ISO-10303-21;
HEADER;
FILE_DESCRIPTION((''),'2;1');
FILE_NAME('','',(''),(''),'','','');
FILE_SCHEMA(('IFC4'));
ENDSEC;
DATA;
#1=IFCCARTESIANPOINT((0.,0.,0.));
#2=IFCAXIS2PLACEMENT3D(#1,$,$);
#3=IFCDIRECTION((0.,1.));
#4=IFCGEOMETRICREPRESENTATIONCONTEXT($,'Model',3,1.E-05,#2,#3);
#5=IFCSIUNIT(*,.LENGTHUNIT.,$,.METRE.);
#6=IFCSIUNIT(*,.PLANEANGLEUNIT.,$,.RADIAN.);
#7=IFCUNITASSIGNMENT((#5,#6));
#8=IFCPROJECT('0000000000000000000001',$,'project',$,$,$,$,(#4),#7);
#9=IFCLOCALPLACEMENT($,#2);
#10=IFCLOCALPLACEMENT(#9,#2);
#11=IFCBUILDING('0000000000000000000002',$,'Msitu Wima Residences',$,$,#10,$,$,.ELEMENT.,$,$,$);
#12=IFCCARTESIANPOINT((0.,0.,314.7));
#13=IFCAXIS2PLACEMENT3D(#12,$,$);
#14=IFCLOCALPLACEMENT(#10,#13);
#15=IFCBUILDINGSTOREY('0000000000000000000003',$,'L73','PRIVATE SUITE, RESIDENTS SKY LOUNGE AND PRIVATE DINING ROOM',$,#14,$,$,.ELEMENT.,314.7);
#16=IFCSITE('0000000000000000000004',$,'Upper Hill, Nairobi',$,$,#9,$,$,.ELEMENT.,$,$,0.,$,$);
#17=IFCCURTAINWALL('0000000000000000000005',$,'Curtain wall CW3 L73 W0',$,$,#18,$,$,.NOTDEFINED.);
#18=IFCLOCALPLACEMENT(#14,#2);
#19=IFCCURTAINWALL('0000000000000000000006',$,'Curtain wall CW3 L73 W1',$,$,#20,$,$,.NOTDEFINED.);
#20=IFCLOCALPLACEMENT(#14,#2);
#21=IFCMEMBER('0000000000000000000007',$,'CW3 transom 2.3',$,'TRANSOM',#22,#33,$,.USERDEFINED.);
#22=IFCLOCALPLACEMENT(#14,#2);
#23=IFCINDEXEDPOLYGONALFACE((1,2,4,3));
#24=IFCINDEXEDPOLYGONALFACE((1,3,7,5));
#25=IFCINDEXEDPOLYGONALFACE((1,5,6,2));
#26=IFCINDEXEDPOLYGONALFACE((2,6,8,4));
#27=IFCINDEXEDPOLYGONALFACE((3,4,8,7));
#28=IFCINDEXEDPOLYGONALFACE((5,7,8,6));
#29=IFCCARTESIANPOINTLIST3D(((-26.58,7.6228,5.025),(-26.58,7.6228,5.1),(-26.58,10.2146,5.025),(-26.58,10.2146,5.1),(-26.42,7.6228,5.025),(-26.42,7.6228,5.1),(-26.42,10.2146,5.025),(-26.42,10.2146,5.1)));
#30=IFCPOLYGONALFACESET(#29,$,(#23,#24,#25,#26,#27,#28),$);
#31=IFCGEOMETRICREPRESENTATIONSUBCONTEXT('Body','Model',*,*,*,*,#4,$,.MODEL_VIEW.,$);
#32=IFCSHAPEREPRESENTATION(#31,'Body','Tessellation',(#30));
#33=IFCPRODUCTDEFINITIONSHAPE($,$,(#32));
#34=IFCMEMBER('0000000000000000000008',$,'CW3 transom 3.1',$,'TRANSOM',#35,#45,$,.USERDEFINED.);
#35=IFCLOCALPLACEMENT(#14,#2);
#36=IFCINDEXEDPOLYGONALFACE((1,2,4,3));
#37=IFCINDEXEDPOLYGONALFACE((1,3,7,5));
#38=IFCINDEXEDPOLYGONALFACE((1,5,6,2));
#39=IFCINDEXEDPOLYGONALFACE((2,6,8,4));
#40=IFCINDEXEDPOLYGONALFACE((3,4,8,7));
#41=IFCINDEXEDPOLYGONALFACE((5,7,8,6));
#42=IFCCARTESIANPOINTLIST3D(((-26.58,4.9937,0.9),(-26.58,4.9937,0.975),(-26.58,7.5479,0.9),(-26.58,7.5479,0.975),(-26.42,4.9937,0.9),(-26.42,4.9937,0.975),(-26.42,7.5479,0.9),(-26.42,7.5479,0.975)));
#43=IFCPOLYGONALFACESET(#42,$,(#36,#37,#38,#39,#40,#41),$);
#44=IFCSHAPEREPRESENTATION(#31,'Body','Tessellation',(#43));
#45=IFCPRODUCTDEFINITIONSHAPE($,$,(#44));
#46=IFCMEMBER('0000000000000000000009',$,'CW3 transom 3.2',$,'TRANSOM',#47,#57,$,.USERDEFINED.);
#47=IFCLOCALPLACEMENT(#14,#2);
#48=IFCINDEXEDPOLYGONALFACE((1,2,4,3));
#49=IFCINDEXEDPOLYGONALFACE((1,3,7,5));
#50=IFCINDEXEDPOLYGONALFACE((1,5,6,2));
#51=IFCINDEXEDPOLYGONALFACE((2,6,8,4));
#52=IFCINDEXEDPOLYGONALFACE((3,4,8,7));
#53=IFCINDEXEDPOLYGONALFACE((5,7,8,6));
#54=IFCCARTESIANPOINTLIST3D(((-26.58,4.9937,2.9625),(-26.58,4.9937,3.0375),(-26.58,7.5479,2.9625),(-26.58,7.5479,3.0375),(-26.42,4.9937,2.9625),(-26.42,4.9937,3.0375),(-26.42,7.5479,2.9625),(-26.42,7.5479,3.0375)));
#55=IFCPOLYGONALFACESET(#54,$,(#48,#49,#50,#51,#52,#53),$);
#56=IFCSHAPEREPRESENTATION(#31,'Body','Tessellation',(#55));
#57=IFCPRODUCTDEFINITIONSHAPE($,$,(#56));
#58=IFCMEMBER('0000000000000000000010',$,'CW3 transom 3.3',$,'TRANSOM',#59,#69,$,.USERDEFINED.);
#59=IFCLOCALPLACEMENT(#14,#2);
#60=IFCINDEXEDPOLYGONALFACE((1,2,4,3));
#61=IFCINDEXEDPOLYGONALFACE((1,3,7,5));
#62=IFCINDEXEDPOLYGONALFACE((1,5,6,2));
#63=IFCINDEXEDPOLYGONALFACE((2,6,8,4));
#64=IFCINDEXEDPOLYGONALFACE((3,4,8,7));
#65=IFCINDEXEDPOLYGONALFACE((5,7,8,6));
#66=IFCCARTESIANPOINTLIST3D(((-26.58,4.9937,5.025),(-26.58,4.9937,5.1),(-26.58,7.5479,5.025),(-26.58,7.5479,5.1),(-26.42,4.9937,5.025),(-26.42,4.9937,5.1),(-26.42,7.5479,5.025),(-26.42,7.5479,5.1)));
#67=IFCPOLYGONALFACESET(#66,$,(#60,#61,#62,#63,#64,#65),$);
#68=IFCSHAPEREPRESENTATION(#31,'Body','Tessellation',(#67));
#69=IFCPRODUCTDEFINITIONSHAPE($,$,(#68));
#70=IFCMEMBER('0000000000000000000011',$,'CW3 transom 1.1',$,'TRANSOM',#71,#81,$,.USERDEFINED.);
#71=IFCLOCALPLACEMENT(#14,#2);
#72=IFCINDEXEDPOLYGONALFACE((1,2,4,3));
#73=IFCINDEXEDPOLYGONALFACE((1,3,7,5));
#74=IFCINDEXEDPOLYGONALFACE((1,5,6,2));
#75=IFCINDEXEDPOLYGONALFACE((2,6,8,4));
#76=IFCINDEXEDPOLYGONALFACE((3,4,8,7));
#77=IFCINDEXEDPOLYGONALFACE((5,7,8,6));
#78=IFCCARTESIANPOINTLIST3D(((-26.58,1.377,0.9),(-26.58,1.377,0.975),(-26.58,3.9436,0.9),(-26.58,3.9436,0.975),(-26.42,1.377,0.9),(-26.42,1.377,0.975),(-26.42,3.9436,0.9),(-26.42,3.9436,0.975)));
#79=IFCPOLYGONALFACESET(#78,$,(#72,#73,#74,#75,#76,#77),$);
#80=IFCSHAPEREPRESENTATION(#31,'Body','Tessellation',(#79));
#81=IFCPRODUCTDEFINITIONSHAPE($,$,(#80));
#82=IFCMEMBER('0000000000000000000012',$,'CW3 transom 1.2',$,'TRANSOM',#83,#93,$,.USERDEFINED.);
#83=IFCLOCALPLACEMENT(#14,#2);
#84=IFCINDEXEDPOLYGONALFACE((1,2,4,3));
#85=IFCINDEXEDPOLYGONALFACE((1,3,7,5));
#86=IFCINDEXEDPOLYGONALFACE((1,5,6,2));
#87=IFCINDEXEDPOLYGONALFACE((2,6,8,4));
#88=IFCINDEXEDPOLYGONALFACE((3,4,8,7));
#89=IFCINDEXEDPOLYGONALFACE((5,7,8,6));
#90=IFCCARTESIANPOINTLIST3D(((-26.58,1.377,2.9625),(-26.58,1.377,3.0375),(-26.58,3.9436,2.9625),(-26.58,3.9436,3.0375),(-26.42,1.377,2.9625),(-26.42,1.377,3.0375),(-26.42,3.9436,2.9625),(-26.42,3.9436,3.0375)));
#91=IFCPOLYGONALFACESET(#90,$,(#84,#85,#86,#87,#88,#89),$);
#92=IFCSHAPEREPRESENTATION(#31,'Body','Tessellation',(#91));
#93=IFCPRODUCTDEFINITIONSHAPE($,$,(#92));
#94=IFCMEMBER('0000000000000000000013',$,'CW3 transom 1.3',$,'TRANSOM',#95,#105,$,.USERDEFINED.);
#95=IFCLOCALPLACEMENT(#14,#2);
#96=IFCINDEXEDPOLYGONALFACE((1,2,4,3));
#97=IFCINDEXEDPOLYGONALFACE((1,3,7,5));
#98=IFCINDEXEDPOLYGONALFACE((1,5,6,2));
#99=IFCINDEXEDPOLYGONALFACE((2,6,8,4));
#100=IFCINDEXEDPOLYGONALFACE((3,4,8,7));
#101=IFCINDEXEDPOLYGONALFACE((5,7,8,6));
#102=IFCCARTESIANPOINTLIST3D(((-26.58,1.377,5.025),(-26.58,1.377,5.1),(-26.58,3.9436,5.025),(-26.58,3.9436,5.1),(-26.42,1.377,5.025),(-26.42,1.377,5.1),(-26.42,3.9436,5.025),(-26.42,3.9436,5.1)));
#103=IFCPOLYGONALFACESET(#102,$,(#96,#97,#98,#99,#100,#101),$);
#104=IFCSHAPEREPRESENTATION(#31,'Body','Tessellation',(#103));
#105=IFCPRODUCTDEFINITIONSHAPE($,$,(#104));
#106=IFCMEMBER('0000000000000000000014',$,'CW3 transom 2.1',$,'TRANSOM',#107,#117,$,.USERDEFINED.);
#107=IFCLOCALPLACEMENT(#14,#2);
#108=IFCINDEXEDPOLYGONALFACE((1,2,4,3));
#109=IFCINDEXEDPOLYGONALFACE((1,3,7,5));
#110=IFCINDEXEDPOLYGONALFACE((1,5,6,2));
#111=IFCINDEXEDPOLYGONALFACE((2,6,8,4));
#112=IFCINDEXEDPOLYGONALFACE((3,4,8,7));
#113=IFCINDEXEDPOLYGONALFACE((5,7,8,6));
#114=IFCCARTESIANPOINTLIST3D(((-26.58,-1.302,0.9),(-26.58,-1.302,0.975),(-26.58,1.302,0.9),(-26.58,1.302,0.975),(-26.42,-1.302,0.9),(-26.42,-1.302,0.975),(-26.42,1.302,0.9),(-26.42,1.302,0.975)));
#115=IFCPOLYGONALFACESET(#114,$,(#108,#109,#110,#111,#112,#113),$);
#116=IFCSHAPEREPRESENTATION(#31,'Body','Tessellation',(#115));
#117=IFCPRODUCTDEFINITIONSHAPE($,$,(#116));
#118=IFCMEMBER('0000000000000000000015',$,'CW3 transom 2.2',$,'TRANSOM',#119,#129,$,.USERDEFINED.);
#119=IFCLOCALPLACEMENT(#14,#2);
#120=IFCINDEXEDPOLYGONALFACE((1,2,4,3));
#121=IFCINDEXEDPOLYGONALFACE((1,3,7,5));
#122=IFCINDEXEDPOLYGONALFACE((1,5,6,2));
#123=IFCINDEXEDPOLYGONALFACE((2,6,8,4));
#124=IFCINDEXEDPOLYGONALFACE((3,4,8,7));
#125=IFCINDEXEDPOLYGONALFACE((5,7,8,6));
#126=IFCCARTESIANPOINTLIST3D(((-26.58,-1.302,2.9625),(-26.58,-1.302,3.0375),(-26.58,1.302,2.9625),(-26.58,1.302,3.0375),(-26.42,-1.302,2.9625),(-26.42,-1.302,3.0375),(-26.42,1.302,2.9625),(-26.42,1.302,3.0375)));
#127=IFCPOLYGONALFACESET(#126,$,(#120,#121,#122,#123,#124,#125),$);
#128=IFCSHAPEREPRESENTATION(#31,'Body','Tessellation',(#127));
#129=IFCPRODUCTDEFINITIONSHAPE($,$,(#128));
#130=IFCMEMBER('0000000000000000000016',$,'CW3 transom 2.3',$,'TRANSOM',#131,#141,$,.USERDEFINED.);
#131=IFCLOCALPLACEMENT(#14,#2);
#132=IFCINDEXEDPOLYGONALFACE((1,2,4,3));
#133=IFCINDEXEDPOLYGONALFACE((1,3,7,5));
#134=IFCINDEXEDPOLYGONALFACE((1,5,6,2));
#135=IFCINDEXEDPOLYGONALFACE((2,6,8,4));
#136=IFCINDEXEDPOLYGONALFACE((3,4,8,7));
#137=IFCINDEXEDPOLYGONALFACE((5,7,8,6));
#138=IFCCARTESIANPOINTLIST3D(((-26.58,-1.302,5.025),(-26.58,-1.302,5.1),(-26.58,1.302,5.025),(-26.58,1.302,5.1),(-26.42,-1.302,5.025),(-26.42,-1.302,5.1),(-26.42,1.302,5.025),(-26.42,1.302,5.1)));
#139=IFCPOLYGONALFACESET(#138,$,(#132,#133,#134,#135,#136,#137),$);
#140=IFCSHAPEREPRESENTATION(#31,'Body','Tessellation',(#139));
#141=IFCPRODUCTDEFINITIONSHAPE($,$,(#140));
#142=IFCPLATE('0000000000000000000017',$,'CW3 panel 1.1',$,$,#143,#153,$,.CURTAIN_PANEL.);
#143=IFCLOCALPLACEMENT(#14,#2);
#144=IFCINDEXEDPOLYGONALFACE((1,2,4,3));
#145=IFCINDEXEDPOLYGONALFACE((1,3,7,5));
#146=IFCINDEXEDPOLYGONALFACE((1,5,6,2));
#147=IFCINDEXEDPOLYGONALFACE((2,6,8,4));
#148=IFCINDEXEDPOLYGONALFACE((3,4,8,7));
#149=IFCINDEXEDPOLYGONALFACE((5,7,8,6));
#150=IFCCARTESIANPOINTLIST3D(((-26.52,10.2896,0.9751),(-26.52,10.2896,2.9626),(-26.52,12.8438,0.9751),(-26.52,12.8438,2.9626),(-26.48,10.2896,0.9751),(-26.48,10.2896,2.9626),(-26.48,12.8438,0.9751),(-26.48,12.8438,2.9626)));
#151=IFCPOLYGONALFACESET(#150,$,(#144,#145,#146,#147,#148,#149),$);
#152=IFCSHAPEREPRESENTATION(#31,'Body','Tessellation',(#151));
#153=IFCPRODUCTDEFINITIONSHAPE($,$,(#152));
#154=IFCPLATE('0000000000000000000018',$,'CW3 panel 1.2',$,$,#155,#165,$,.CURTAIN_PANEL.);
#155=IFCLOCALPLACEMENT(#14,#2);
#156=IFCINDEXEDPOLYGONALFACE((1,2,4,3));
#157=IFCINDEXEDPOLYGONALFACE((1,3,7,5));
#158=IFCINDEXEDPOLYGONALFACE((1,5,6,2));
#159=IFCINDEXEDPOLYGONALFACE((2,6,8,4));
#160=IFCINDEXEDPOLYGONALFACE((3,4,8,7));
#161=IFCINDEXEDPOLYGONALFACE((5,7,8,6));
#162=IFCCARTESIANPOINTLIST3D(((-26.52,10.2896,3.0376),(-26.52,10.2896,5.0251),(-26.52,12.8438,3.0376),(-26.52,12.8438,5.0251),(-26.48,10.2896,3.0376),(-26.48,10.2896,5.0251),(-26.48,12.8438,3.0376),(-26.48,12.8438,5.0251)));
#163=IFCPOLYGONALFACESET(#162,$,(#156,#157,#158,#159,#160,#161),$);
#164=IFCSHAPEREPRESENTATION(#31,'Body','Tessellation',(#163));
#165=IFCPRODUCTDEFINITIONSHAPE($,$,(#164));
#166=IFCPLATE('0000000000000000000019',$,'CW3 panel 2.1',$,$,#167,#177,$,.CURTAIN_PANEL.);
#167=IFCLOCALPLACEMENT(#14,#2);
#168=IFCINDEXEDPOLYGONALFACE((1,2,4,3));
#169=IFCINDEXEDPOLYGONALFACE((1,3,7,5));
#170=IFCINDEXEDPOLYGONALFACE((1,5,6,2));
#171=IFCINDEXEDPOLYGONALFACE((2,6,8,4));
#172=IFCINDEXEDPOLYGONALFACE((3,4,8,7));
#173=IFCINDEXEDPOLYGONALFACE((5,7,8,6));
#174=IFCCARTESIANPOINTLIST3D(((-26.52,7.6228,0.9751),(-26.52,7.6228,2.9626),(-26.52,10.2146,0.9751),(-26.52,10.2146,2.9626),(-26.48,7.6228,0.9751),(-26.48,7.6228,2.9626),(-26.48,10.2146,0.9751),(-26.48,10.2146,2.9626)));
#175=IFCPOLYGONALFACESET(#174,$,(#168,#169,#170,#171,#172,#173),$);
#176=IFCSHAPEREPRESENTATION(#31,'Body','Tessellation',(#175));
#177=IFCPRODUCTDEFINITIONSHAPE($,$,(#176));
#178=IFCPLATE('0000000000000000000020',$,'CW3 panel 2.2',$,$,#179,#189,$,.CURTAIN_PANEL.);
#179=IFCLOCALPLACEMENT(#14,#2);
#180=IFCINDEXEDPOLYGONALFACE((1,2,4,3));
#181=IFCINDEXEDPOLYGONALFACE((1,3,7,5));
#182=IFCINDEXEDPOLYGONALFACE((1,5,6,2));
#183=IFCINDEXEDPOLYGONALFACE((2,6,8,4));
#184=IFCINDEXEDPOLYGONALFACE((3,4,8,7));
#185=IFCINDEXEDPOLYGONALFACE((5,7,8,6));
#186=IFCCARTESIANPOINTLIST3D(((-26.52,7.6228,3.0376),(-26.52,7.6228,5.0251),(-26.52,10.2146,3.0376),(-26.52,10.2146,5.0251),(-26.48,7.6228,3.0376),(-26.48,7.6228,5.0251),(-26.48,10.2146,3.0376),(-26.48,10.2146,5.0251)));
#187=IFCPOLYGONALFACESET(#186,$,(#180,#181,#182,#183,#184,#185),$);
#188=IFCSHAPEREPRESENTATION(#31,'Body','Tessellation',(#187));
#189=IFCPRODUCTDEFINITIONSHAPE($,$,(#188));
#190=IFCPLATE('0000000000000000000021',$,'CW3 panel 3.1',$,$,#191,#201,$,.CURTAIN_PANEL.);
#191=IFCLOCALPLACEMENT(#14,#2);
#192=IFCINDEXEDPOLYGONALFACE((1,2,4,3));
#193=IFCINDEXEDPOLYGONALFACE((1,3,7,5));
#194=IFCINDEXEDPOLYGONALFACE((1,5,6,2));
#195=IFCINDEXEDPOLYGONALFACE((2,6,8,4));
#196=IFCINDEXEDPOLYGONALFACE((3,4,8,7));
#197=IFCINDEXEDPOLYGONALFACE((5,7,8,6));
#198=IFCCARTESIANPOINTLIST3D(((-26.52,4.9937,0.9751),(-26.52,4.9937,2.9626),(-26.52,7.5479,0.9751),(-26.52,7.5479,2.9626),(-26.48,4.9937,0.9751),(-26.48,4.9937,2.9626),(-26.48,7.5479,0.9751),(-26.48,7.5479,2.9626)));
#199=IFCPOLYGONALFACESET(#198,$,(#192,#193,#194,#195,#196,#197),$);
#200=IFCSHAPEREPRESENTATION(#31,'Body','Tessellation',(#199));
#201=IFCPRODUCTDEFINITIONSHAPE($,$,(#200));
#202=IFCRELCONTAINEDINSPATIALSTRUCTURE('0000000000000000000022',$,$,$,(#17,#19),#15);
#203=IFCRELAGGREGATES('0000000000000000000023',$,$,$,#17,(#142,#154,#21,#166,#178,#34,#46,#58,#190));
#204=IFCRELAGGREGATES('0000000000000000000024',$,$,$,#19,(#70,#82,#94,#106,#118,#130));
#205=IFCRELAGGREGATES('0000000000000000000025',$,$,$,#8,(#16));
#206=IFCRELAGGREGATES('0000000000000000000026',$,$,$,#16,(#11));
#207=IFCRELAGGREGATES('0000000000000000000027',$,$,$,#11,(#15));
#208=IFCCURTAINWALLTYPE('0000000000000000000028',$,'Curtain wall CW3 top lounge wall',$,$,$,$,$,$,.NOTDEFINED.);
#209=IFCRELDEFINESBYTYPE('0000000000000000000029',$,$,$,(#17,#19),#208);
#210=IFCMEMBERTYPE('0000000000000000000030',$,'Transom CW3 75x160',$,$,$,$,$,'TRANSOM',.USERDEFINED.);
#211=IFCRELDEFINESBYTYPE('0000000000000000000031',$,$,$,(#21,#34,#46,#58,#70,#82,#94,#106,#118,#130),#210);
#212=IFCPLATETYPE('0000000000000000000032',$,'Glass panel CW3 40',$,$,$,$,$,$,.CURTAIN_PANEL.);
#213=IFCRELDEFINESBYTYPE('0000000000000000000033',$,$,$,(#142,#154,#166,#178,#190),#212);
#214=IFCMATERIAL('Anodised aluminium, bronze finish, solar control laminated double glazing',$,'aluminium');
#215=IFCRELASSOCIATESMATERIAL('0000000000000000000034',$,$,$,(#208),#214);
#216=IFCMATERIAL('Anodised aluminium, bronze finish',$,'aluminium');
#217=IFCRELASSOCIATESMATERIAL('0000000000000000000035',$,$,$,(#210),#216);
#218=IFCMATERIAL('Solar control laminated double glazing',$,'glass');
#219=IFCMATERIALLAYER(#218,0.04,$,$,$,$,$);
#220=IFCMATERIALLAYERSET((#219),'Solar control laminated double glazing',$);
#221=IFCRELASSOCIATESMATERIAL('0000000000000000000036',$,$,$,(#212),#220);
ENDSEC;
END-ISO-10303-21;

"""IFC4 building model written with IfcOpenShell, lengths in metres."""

from ifc_helpers import new_model, si_unit, direction, frame, origin, origin_2d, place, context, subcontext, project, spatial, rectangle, extrude, material, layer, layer_set, material_profile, profile_set, type_object, element, aggregate, save


model = new_model("IFC4")

# Units and contexts
model_context = context("Model", 3, precision=1e-05, world=origin(), true_north=direction((0.0, 1.0)))
body_context = subcontext(model_context, "Body", "Model", "MODEL_VIEW")
ifc_project = project(units=[si_unit("LENGTHUNIT", "METRE"), si_unit("PLANEANGLEUNIT", "RADIAN")], contexts=[model_context])

# Site, building, storey
site_placement = place(None, origin())
site = spatial("IfcSite", under=ifc_project, at=site_placement, Name="Upper Hill, Nairobi", CompositionType="ELEMENT", RefElevation=0.0)
building_placement = place(site_placement, origin())
building = spatial("IfcBuilding", under=site, at=building_placement, Name="Msitu Wima Residences", CompositionType="ELEMENT")
storey_placement = place(building_placement, frame((0.0, 0.0, 314.7)))
storey = spatial("IfcBuildingStorey", under=building, at=storey_placement, Name="L73", Description="PRIVATE SUITE, RESIDENTS SKY LOUNGE AND PRIVATE DINING ROOM", CompositionType="ELEMENT", Elevation=314.7)

# Curtain walls
ifc_material_1 = material(Name="Anodised aluminium, bronze finish, solar control laminated double glazing", Category="aluminium")
curtain_wall_type = type_object("IfcCurtainWallType", Name="Curtain wall CW3 top lounge wall", PredefinedType="NOTDEFINED", material=ifc_material_1)
curtain_wall_1_placement = place(storey_placement, origin())
curtain_wall_1 = element("IfcCurtainWall", 1, at=curtain_wall_1_placement, inside=storey, type_object=curtain_wall_type, Name="Curtain wall CW3 L73 W0", PredefinedType="NOTDEFINED")
ifc_material_2 = material(Name="Anodised aluminium, bronze finish", Category="aluminium")
curtain_wall_2_placement = place(storey_placement, origin())
curtain_wall_2 = element("IfcCurtainWall", 2, at=curtain_wall_2_placement, inside=storey, type_object=curtain_wall_type, Name="Curtain wall CW3 L73 W1", PredefinedType="NOTDEFINED")

# Members
ifc_material_profile_1 = material_profile(ifc_material_2, rectangle(XDim=0.1599, YDim=0.075, at=origin_2d()), Name="Transom 75x160")
ifc_profile_set_1 = profile_set([ifc_material_profile_1], Name="Anodised aluminium, bronze finish")
member_type_1 = type_object("IfcMemberType", Name="Transom CW3 75x160", ElementType="TRANSOM", PredefinedType="USERDEFINED", material=ifc_profile_set_1)
member_1_placement = place(storey_placement, frame((-26.5, 10.2146, 5.0625), z_axis=(0.0, -1.0, 0.0), x_axis=(1.0, 0.0, 0.0)))
member_1 = element("IfcMember", 3, at=member_1_placement, type_object=member_type_1, Name="CW3 transom 2.3", ObjectType="TRANSOM", PredefinedType="USERDEFINED", context=body_context, shape_type="SweptSolid", body=[
    extrude(rectangle(XDim=0.1599, YDim=0.075, at=origin_2d()), origin(), (0.0, 0.0, 1.0), 2.5918),
])
member_2_placement = place(storey_placement, frame((-26.5, 7.5479, 0.9375), z_axis=(0.0, -1.0, 0.0), x_axis=(1.0, 0.0, 0.0)))
member_2 = element("IfcMember", 4, at=member_2_placement, type_object=member_type_1, Name="CW3 transom 3.1", ObjectType="TRANSOM", PredefinedType="USERDEFINED", context=body_context, shape_type="SweptSolid", body=[
    extrude(rectangle(XDim=0.1599, YDim=0.075, at=origin_2d()), origin(), (0.0, 0.0, 1.0), 2.5542),
])
member_3_placement = place(storey_placement, frame((-26.5, 7.5479, 3.0), z_axis=(0.0, -1.0, 0.0), x_axis=(1.0, 0.0, 0.0)))
member_3 = element("IfcMember", 5, at=member_3_placement, type_object=member_type_1, Name="CW3 transom 3.2", ObjectType="TRANSOM", PredefinedType="USERDEFINED", context=body_context, shape_type="SweptSolid", body=[
    extrude(rectangle(XDim=0.1599, YDim=0.075, at=origin_2d()), origin(), (0.0, 0.0, 1.0), 2.5542),
])
member_4_placement = place(storey_placement, frame((-26.5, 7.5479, 5.0625), z_axis=(0.0, -1.0, 0.0), x_axis=(1.0, 0.0, 0.0)))
member_4 = element("IfcMember", 6, at=member_4_placement, type_object=member_type_1, Name="CW3 transom 3.3", ObjectType="TRANSOM", PredefinedType="USERDEFINED", context=body_context, shape_type="SweptSolid", body=[
    extrude(rectangle(XDim=0.1599, YDim=0.075, at=origin_2d()), origin(), (0.0, 0.0, 1.0), 2.5542),
])
member_5_placement = place(storey_placement, frame((-26.5, 3.9436, 0.9375), z_axis=(0.0, -1.0, 0.0), x_axis=(1.0, 0.0, 0.0)))
member_5 = element("IfcMember", 7, at=member_5_placement, type_object=member_type_1, Name="CW3 transom 1.1", ObjectType="TRANSOM", PredefinedType="USERDEFINED", context=body_context, shape_type="SweptSolid", body=[
    extrude(rectangle(XDim=0.1599, YDim=0.075, at=origin_2d()), origin(), (0.0, 0.0, 1.0), 2.5667),
])
member_6_placement = place(storey_placement, frame((-26.5, 3.9436, 3.0), z_axis=(0.0, -1.0, 0.0), x_axis=(1.0, 0.0, 0.0)))
member_6 = element("IfcMember", 8, at=member_6_placement, type_object=member_type_1, Name="CW3 transom 1.2", ObjectType="TRANSOM", PredefinedType="USERDEFINED", context=body_context, shape_type="SweptSolid", body=[
    extrude(rectangle(XDim=0.1599, YDim=0.075, at=origin_2d()), origin(), (0.0, 0.0, 1.0), 2.5667),
])
member_7_placement = place(storey_placement, frame((-26.5, 3.9436, 5.0625), z_axis=(0.0, -1.0, 0.0), x_axis=(1.0, 0.0, 0.0)))
member_7 = element("IfcMember", 9, at=member_7_placement, type_object=member_type_1, Name="CW3 transom 1.3", ObjectType="TRANSOM", PredefinedType="USERDEFINED", context=body_context, shape_type="SweptSolid", body=[
    extrude(rectangle(XDim=0.1599, YDim=0.075, at=origin_2d()), origin(), (0.0, 0.0, 1.0), 2.5667),
])
member_8_placement = place(storey_placement, frame((-26.5, 1.302, 0.9375), z_axis=(0.0, -1.0, 0.0), x_axis=(1.0, 0.0, 0.0)))
member_8 = element("IfcMember", 10, at=member_8_placement, type_object=member_type_1, Name="CW3 transom 2.1", ObjectType="TRANSOM", PredefinedType="USERDEFINED", context=body_context, shape_type="SweptSolid", body=[
    extrude(rectangle(XDim=0.1599, YDim=0.075, at=origin_2d()), origin(), (0.0, 0.0, 1.0), 2.604),
])
member_9_placement = place(storey_placement, frame((-26.5, 1.302, 3.0), z_axis=(0.0, -1.0, 0.0), x_axis=(1.0, 0.0, 0.0)))
member_9 = element("IfcMember", 11, at=member_9_placement, type_object=member_type_1, Name="CW3 transom 2.2", ObjectType="TRANSOM", PredefinedType="USERDEFINED", context=body_context, shape_type="SweptSolid", body=[
    extrude(rectangle(XDim=0.1599, YDim=0.075, at=origin_2d()), origin(), (0.0, 0.0, 1.0), 2.604),
])
member_10_placement = place(storey_placement, frame((-26.5, 1.302, 5.0625), z_axis=(0.0, -1.0, 0.0), x_axis=(1.0, 0.0, 0.0)))
member_10 = element("IfcMember", 12, at=member_10_placement, type_object=member_type_1, Name="CW3 transom 2.3", ObjectType="TRANSOM", PredefinedType="USERDEFINED", context=body_context, shape_type="SweptSolid", body=[
    extrude(rectangle(XDim=0.1599, YDim=0.075, at=origin_2d()), origin(), (0.0, 0.0, 1.0), 2.604),
])

# Plates
ifc_material_3 = material(Name="Solar control laminated double glazing", Category="glass")
ifc_layer_1 = layer(ifc_material_3, 0.04)
ifc_layer_set_1 = layer_set([ifc_layer_1], Name="Solar control laminated double glazing")
plate_type = type_object("IfcPlateType", Name="Glass panel CW3 40", PredefinedType="CURTAIN_PANEL", material=ifc_layer_set_1)
plate_1_placement = place(storey_placement, frame((-26.5, 11.5667, 0.9751), z_axis=(0.0, 0.0, 1.0), x_axis=(0.0, -1.0, 0.0)))
plate_1 = element("IfcPlate", 13, at=plate_1_placement, type_object=plate_type, Name="CW3 panel 1.1", PredefinedType="CURTAIN_PANEL", context=body_context, shape_type="SweptSolid", body=[
    extrude(rectangle(XDim=2.5542, YDim=0.04, at=origin_2d()), origin(), (0.0, 0.0, 1.0), 1.9875),
])
plate_2_placement = place(storey_placement, frame((-26.5, 11.5667, 3.0376), z_axis=(0.0, 0.0, 1.0), x_axis=(0.0, -1.0, 0.0)))
plate_2 = element("IfcPlate", 14, at=plate_2_placement, type_object=plate_type, Name="CW3 panel 1.2", PredefinedType="CURTAIN_PANEL", context=body_context, shape_type="SweptSolid", body=[
    extrude(rectangle(XDim=2.5542, YDim=0.04, at=origin_2d()), origin(), (0.0, 0.0, 1.0), 1.9875),
])
plate_3_placement = place(storey_placement, frame((-26.5, 8.9187, 0.9751), z_axis=(0.0, 0.0, 1.0), x_axis=(0.0, -1.0, 0.0)))
plate_3 = element("IfcPlate", 15, at=plate_3_placement, type_object=plate_type, Name="CW3 panel 2.1", PredefinedType="CURTAIN_PANEL", context=body_context, shape_type="SweptSolid", body=[
    extrude(rectangle(XDim=2.5918, YDim=0.04, at=origin_2d()), origin(), (0.0, 0.0, 1.0), 1.9875),
])
plate_4_placement = place(storey_placement, frame((-26.5, 8.9187, 3.0376), z_axis=(0.0, 0.0, 1.0), x_axis=(0.0, -1.0, 0.0)))
plate_4 = element("IfcPlate", 16, at=plate_4_placement, type_object=plate_type, Name="CW3 panel 2.2", PredefinedType="CURTAIN_PANEL", context=body_context, shape_type="SweptSolid", body=[
    extrude(rectangle(XDim=2.5918, YDim=0.04, at=origin_2d()), origin(), (0.0, 0.0, 1.0), 1.9875),
])
plate_5_placement = place(storey_placement, frame((-26.5, 6.2708, 0.9751), z_axis=(0.0, 0.0, 1.0), x_axis=(0.0, -1.0, 0.0)))
plate_5 = element("IfcPlate", 17, at=plate_5_placement, type_object=plate_type, Name="CW3 panel 3.1", PredefinedType="CURTAIN_PANEL", context=body_context, shape_type="SweptSolid", body=[
    extrude(rectangle(XDim=2.5542, YDim=0.04, at=origin_2d()), origin(), (0.0, 0.0, 1.0), 1.9875),
])
aggregate(curtain_wall_1, [plate_1, plate_2, member_1, plate_3, plate_4, member_2, member_3, member_4, plate_5])
aggregate(curtain_wall_2, [member_5, member_6, member_7, member_8, member_9, member_10])

save(model, "model.ifc")
